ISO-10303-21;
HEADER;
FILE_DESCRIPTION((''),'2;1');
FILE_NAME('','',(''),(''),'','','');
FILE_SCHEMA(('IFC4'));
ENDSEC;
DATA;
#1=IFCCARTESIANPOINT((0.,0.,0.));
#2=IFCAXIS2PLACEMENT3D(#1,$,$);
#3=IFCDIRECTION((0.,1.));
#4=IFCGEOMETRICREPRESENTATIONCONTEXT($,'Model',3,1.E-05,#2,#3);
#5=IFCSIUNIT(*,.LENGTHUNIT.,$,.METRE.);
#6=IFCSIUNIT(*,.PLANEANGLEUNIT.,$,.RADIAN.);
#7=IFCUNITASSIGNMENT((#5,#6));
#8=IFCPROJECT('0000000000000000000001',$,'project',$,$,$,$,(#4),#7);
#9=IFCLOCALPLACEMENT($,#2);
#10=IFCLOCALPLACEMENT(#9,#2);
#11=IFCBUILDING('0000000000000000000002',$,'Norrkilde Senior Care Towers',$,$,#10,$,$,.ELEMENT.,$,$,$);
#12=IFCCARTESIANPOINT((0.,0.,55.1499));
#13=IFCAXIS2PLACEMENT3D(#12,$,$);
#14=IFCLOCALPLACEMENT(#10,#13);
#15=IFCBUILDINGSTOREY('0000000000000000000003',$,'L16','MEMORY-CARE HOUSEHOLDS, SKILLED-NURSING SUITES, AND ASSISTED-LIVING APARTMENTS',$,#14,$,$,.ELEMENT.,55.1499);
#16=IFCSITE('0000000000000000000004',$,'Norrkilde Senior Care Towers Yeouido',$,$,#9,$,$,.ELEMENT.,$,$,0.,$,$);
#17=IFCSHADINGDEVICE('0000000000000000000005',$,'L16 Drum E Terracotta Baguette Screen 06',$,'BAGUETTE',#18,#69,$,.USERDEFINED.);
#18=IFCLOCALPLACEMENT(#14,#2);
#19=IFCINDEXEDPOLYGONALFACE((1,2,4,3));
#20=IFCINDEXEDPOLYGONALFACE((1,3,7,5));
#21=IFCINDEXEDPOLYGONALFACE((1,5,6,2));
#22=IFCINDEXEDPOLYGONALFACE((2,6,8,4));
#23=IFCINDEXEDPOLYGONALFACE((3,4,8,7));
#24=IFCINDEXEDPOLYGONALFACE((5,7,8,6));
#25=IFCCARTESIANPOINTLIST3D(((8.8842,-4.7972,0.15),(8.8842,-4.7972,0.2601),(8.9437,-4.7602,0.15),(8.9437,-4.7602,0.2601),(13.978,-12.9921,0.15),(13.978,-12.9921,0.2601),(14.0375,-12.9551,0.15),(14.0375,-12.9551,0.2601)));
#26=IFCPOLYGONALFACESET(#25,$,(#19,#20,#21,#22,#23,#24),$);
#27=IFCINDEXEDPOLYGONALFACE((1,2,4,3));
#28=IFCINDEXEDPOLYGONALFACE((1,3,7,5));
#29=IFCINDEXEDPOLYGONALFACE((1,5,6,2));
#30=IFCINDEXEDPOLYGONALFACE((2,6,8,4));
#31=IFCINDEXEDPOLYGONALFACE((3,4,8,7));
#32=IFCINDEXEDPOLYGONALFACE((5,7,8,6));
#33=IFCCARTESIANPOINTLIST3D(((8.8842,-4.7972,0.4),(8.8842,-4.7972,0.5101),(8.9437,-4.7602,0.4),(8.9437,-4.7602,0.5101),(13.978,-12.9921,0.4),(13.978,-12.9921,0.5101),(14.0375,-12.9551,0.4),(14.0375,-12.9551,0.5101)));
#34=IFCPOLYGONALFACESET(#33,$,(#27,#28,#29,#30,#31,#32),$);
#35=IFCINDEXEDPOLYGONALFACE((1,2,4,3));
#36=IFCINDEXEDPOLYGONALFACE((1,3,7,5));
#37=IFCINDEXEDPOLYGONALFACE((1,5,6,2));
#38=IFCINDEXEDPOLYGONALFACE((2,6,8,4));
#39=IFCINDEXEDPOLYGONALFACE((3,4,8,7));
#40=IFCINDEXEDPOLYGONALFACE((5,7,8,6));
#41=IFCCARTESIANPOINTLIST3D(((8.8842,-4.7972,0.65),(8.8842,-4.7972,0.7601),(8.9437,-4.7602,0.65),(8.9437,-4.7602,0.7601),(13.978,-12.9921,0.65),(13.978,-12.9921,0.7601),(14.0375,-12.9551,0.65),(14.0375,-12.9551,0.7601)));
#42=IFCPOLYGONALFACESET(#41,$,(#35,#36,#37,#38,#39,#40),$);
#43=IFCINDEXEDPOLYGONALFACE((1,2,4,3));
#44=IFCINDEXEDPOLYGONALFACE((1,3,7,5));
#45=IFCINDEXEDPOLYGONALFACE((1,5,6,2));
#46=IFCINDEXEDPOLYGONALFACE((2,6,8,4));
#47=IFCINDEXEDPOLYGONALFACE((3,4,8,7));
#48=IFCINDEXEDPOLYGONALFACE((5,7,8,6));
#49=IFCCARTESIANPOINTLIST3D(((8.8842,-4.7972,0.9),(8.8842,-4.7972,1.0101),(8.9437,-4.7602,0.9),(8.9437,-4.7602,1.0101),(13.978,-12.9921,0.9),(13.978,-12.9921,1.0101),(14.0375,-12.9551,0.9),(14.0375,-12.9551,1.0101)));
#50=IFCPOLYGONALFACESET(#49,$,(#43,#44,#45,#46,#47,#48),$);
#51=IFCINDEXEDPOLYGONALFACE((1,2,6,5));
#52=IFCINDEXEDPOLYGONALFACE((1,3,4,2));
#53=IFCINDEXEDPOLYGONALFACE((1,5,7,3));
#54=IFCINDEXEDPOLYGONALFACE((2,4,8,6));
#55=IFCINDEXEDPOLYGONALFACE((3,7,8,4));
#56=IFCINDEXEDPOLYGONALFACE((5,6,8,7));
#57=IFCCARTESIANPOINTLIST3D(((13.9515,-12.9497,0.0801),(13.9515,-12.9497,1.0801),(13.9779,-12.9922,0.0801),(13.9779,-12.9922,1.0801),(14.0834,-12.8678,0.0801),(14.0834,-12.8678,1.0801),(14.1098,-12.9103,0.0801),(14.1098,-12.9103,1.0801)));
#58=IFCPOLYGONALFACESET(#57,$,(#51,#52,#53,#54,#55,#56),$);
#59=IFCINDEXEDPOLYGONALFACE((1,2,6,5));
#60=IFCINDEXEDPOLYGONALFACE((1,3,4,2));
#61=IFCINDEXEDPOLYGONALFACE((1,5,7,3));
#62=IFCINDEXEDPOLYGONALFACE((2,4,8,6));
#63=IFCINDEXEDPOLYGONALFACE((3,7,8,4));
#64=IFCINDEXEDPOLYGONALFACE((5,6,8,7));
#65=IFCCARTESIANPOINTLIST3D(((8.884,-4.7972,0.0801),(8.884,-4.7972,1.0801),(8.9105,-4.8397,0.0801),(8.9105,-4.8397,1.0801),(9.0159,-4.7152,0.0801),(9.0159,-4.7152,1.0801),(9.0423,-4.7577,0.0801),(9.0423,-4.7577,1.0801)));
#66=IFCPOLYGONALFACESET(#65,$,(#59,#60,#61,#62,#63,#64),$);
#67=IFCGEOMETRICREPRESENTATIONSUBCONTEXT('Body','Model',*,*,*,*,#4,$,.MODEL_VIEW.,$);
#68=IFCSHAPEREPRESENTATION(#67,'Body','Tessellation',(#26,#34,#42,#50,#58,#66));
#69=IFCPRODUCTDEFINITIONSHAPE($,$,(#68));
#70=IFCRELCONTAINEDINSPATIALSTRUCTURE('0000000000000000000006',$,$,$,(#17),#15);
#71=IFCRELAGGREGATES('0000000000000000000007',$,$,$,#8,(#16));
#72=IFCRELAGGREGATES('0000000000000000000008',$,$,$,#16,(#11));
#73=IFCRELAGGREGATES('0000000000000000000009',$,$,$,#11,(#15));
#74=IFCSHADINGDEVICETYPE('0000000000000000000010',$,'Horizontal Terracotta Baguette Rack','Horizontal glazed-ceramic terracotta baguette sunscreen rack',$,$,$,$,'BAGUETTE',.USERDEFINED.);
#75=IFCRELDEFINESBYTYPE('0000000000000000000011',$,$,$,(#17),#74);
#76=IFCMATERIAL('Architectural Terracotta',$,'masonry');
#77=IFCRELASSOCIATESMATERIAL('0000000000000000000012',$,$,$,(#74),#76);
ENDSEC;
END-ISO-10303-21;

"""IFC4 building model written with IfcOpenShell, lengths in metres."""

from ifc_helpers import new_model, si_unit, direction, frame, origin, origin_2d, place, context, subcontext, project, spatial, rectangle, extrude, source, transform, mapped, material, type_object, type_shapes, element, save


model = new_model("IFC4")

# Units and contexts
model_context = context("Model", 3, precision=1e-05, world=origin(), true_north=direction((0.0, 1.0)))
body_context = subcontext(model_context, "Body", "Model", "MODEL_VIEW")
ifc_project = project(units=[si_unit("LENGTHUNIT", "METRE"), si_unit("PLANEANGLEUNIT", "RADIAN")], contexts=[model_context])

# Site, building, storey
site_placement = place(None, origin())
site = spatial("IfcSite", under=ifc_project, at=site_placement, Name="Norrkilde Senior Care Towers Yeouido", CompositionType="ELEMENT", RefElevation=0.0)
building_placement = place(site_placement, origin())
building = spatial("IfcBuilding", under=site, at=building_placement, Name="Norrkilde Senior Care Towers", CompositionType="ELEMENT")
storey_placement = place(building_placement, frame((0.0, 0.0, 55.1499)))
storey = spatial("IfcBuildingStorey", under=building, at=storey_placement, Name="L16", Description="MEMORY-CARE HOUSEHOLDS, SKILLED-NURSING SUITES, AND ASSISTED-LIVING APARTMENTS", CompositionType="ELEMENT", Elevation=55.1499)

# Shading device
ifc_material_1 = material(Name="Architectural Terracotta", Category="masonry")
shading_device_type = type_object("IfcShadingDeviceType", Name="Horizontal Terracotta Baguette Rack", Description="Horizontal glazed-ceramic terracotta baguette sunscreen rack", ElementType="BAGUETTE", PredefinedType="USERDEFINED", material=ifc_material_1)
shared_shape_1 = source(origin(), body_context, "Body", "SweptSolid", [
    extrude(rectangle(XDim=0.0701, YDim=0.1101, at=origin_2d()), frame((0.0, 0.0901, 0.125), z_axis=(1.0, 0.0, 0.0), x_axis=(0.0, 1.0, 0.0)), (0.0, 0.0, 1.0), 9.6489),
    extrude(rectangle(XDim=0.0701, YDim=0.1101, at=origin_2d()), frame((0.0, 0.0901, 0.375), z_axis=(1.0, 0.0, 0.0), x_axis=(0.0, 1.0, 0.0)), (0.0, 0.0, 1.0), 9.6489),
    extrude(rectangle(XDim=0.0701, YDim=0.1101, at=origin_2d()), frame((0.0, 0.0901, 0.625), z_axis=(1.0, 0.0, 0.0), x_axis=(0.0, 1.0, 0.0)), (0.0, 0.0, 1.0), 9.6489),
    extrude(rectangle(XDim=0.0701, YDim=0.1101, at=origin_2d()), frame((0.0, 0.0901, 0.875), z_axis=(1.0, 0.0, 0.0), x_axis=(0.0, 1.0, 0.0)), (0.0, 0.0, 1.0), 9.6489),
    extrude(rectangle(XDim=0.05, YDim=0.1553, at=origin_2d()), frame((0.0249, 0.0476, 0.0)), (0.0, 0.0, 1.0), 1.0),
    extrude(rectangle(XDim=0.05, YDim=0.1553, at=origin_2d()), frame((9.624, 0.0476, 0.0)), (0.0, 0.0, 1.0), 1.0),
])
type_shapes(shading_device_type, [shared_shape_1])
shading_device_placement = place(storey_placement, frame((14.0842, -12.926, 0.0801), z_axis=(0.0, 0.0, 1.0), x_axis=(-0.527909, 0.849299, 0.0)))
element("IfcShadingDevice", 1, at=shading_device_placement, inside=storey, type_object=shading_device_type, Name="L16 Drum E Terracotta Baguette Screen 06", ObjectType="BAGUETTE", PredefinedType="USERDEFINED", context=body_context, shape_type="MappedRepresentation", body=[
    mapped(shared_shape_1, transform((0.0, 0.0, 0.0), x_axis=(1.0, 0.0, 0.0), y_axis=(0.0, 1.0, 0.0), z_axis=(0.0, 0.0, 1.0), scale=1.0)),
])

save(model, "model.ifc")
